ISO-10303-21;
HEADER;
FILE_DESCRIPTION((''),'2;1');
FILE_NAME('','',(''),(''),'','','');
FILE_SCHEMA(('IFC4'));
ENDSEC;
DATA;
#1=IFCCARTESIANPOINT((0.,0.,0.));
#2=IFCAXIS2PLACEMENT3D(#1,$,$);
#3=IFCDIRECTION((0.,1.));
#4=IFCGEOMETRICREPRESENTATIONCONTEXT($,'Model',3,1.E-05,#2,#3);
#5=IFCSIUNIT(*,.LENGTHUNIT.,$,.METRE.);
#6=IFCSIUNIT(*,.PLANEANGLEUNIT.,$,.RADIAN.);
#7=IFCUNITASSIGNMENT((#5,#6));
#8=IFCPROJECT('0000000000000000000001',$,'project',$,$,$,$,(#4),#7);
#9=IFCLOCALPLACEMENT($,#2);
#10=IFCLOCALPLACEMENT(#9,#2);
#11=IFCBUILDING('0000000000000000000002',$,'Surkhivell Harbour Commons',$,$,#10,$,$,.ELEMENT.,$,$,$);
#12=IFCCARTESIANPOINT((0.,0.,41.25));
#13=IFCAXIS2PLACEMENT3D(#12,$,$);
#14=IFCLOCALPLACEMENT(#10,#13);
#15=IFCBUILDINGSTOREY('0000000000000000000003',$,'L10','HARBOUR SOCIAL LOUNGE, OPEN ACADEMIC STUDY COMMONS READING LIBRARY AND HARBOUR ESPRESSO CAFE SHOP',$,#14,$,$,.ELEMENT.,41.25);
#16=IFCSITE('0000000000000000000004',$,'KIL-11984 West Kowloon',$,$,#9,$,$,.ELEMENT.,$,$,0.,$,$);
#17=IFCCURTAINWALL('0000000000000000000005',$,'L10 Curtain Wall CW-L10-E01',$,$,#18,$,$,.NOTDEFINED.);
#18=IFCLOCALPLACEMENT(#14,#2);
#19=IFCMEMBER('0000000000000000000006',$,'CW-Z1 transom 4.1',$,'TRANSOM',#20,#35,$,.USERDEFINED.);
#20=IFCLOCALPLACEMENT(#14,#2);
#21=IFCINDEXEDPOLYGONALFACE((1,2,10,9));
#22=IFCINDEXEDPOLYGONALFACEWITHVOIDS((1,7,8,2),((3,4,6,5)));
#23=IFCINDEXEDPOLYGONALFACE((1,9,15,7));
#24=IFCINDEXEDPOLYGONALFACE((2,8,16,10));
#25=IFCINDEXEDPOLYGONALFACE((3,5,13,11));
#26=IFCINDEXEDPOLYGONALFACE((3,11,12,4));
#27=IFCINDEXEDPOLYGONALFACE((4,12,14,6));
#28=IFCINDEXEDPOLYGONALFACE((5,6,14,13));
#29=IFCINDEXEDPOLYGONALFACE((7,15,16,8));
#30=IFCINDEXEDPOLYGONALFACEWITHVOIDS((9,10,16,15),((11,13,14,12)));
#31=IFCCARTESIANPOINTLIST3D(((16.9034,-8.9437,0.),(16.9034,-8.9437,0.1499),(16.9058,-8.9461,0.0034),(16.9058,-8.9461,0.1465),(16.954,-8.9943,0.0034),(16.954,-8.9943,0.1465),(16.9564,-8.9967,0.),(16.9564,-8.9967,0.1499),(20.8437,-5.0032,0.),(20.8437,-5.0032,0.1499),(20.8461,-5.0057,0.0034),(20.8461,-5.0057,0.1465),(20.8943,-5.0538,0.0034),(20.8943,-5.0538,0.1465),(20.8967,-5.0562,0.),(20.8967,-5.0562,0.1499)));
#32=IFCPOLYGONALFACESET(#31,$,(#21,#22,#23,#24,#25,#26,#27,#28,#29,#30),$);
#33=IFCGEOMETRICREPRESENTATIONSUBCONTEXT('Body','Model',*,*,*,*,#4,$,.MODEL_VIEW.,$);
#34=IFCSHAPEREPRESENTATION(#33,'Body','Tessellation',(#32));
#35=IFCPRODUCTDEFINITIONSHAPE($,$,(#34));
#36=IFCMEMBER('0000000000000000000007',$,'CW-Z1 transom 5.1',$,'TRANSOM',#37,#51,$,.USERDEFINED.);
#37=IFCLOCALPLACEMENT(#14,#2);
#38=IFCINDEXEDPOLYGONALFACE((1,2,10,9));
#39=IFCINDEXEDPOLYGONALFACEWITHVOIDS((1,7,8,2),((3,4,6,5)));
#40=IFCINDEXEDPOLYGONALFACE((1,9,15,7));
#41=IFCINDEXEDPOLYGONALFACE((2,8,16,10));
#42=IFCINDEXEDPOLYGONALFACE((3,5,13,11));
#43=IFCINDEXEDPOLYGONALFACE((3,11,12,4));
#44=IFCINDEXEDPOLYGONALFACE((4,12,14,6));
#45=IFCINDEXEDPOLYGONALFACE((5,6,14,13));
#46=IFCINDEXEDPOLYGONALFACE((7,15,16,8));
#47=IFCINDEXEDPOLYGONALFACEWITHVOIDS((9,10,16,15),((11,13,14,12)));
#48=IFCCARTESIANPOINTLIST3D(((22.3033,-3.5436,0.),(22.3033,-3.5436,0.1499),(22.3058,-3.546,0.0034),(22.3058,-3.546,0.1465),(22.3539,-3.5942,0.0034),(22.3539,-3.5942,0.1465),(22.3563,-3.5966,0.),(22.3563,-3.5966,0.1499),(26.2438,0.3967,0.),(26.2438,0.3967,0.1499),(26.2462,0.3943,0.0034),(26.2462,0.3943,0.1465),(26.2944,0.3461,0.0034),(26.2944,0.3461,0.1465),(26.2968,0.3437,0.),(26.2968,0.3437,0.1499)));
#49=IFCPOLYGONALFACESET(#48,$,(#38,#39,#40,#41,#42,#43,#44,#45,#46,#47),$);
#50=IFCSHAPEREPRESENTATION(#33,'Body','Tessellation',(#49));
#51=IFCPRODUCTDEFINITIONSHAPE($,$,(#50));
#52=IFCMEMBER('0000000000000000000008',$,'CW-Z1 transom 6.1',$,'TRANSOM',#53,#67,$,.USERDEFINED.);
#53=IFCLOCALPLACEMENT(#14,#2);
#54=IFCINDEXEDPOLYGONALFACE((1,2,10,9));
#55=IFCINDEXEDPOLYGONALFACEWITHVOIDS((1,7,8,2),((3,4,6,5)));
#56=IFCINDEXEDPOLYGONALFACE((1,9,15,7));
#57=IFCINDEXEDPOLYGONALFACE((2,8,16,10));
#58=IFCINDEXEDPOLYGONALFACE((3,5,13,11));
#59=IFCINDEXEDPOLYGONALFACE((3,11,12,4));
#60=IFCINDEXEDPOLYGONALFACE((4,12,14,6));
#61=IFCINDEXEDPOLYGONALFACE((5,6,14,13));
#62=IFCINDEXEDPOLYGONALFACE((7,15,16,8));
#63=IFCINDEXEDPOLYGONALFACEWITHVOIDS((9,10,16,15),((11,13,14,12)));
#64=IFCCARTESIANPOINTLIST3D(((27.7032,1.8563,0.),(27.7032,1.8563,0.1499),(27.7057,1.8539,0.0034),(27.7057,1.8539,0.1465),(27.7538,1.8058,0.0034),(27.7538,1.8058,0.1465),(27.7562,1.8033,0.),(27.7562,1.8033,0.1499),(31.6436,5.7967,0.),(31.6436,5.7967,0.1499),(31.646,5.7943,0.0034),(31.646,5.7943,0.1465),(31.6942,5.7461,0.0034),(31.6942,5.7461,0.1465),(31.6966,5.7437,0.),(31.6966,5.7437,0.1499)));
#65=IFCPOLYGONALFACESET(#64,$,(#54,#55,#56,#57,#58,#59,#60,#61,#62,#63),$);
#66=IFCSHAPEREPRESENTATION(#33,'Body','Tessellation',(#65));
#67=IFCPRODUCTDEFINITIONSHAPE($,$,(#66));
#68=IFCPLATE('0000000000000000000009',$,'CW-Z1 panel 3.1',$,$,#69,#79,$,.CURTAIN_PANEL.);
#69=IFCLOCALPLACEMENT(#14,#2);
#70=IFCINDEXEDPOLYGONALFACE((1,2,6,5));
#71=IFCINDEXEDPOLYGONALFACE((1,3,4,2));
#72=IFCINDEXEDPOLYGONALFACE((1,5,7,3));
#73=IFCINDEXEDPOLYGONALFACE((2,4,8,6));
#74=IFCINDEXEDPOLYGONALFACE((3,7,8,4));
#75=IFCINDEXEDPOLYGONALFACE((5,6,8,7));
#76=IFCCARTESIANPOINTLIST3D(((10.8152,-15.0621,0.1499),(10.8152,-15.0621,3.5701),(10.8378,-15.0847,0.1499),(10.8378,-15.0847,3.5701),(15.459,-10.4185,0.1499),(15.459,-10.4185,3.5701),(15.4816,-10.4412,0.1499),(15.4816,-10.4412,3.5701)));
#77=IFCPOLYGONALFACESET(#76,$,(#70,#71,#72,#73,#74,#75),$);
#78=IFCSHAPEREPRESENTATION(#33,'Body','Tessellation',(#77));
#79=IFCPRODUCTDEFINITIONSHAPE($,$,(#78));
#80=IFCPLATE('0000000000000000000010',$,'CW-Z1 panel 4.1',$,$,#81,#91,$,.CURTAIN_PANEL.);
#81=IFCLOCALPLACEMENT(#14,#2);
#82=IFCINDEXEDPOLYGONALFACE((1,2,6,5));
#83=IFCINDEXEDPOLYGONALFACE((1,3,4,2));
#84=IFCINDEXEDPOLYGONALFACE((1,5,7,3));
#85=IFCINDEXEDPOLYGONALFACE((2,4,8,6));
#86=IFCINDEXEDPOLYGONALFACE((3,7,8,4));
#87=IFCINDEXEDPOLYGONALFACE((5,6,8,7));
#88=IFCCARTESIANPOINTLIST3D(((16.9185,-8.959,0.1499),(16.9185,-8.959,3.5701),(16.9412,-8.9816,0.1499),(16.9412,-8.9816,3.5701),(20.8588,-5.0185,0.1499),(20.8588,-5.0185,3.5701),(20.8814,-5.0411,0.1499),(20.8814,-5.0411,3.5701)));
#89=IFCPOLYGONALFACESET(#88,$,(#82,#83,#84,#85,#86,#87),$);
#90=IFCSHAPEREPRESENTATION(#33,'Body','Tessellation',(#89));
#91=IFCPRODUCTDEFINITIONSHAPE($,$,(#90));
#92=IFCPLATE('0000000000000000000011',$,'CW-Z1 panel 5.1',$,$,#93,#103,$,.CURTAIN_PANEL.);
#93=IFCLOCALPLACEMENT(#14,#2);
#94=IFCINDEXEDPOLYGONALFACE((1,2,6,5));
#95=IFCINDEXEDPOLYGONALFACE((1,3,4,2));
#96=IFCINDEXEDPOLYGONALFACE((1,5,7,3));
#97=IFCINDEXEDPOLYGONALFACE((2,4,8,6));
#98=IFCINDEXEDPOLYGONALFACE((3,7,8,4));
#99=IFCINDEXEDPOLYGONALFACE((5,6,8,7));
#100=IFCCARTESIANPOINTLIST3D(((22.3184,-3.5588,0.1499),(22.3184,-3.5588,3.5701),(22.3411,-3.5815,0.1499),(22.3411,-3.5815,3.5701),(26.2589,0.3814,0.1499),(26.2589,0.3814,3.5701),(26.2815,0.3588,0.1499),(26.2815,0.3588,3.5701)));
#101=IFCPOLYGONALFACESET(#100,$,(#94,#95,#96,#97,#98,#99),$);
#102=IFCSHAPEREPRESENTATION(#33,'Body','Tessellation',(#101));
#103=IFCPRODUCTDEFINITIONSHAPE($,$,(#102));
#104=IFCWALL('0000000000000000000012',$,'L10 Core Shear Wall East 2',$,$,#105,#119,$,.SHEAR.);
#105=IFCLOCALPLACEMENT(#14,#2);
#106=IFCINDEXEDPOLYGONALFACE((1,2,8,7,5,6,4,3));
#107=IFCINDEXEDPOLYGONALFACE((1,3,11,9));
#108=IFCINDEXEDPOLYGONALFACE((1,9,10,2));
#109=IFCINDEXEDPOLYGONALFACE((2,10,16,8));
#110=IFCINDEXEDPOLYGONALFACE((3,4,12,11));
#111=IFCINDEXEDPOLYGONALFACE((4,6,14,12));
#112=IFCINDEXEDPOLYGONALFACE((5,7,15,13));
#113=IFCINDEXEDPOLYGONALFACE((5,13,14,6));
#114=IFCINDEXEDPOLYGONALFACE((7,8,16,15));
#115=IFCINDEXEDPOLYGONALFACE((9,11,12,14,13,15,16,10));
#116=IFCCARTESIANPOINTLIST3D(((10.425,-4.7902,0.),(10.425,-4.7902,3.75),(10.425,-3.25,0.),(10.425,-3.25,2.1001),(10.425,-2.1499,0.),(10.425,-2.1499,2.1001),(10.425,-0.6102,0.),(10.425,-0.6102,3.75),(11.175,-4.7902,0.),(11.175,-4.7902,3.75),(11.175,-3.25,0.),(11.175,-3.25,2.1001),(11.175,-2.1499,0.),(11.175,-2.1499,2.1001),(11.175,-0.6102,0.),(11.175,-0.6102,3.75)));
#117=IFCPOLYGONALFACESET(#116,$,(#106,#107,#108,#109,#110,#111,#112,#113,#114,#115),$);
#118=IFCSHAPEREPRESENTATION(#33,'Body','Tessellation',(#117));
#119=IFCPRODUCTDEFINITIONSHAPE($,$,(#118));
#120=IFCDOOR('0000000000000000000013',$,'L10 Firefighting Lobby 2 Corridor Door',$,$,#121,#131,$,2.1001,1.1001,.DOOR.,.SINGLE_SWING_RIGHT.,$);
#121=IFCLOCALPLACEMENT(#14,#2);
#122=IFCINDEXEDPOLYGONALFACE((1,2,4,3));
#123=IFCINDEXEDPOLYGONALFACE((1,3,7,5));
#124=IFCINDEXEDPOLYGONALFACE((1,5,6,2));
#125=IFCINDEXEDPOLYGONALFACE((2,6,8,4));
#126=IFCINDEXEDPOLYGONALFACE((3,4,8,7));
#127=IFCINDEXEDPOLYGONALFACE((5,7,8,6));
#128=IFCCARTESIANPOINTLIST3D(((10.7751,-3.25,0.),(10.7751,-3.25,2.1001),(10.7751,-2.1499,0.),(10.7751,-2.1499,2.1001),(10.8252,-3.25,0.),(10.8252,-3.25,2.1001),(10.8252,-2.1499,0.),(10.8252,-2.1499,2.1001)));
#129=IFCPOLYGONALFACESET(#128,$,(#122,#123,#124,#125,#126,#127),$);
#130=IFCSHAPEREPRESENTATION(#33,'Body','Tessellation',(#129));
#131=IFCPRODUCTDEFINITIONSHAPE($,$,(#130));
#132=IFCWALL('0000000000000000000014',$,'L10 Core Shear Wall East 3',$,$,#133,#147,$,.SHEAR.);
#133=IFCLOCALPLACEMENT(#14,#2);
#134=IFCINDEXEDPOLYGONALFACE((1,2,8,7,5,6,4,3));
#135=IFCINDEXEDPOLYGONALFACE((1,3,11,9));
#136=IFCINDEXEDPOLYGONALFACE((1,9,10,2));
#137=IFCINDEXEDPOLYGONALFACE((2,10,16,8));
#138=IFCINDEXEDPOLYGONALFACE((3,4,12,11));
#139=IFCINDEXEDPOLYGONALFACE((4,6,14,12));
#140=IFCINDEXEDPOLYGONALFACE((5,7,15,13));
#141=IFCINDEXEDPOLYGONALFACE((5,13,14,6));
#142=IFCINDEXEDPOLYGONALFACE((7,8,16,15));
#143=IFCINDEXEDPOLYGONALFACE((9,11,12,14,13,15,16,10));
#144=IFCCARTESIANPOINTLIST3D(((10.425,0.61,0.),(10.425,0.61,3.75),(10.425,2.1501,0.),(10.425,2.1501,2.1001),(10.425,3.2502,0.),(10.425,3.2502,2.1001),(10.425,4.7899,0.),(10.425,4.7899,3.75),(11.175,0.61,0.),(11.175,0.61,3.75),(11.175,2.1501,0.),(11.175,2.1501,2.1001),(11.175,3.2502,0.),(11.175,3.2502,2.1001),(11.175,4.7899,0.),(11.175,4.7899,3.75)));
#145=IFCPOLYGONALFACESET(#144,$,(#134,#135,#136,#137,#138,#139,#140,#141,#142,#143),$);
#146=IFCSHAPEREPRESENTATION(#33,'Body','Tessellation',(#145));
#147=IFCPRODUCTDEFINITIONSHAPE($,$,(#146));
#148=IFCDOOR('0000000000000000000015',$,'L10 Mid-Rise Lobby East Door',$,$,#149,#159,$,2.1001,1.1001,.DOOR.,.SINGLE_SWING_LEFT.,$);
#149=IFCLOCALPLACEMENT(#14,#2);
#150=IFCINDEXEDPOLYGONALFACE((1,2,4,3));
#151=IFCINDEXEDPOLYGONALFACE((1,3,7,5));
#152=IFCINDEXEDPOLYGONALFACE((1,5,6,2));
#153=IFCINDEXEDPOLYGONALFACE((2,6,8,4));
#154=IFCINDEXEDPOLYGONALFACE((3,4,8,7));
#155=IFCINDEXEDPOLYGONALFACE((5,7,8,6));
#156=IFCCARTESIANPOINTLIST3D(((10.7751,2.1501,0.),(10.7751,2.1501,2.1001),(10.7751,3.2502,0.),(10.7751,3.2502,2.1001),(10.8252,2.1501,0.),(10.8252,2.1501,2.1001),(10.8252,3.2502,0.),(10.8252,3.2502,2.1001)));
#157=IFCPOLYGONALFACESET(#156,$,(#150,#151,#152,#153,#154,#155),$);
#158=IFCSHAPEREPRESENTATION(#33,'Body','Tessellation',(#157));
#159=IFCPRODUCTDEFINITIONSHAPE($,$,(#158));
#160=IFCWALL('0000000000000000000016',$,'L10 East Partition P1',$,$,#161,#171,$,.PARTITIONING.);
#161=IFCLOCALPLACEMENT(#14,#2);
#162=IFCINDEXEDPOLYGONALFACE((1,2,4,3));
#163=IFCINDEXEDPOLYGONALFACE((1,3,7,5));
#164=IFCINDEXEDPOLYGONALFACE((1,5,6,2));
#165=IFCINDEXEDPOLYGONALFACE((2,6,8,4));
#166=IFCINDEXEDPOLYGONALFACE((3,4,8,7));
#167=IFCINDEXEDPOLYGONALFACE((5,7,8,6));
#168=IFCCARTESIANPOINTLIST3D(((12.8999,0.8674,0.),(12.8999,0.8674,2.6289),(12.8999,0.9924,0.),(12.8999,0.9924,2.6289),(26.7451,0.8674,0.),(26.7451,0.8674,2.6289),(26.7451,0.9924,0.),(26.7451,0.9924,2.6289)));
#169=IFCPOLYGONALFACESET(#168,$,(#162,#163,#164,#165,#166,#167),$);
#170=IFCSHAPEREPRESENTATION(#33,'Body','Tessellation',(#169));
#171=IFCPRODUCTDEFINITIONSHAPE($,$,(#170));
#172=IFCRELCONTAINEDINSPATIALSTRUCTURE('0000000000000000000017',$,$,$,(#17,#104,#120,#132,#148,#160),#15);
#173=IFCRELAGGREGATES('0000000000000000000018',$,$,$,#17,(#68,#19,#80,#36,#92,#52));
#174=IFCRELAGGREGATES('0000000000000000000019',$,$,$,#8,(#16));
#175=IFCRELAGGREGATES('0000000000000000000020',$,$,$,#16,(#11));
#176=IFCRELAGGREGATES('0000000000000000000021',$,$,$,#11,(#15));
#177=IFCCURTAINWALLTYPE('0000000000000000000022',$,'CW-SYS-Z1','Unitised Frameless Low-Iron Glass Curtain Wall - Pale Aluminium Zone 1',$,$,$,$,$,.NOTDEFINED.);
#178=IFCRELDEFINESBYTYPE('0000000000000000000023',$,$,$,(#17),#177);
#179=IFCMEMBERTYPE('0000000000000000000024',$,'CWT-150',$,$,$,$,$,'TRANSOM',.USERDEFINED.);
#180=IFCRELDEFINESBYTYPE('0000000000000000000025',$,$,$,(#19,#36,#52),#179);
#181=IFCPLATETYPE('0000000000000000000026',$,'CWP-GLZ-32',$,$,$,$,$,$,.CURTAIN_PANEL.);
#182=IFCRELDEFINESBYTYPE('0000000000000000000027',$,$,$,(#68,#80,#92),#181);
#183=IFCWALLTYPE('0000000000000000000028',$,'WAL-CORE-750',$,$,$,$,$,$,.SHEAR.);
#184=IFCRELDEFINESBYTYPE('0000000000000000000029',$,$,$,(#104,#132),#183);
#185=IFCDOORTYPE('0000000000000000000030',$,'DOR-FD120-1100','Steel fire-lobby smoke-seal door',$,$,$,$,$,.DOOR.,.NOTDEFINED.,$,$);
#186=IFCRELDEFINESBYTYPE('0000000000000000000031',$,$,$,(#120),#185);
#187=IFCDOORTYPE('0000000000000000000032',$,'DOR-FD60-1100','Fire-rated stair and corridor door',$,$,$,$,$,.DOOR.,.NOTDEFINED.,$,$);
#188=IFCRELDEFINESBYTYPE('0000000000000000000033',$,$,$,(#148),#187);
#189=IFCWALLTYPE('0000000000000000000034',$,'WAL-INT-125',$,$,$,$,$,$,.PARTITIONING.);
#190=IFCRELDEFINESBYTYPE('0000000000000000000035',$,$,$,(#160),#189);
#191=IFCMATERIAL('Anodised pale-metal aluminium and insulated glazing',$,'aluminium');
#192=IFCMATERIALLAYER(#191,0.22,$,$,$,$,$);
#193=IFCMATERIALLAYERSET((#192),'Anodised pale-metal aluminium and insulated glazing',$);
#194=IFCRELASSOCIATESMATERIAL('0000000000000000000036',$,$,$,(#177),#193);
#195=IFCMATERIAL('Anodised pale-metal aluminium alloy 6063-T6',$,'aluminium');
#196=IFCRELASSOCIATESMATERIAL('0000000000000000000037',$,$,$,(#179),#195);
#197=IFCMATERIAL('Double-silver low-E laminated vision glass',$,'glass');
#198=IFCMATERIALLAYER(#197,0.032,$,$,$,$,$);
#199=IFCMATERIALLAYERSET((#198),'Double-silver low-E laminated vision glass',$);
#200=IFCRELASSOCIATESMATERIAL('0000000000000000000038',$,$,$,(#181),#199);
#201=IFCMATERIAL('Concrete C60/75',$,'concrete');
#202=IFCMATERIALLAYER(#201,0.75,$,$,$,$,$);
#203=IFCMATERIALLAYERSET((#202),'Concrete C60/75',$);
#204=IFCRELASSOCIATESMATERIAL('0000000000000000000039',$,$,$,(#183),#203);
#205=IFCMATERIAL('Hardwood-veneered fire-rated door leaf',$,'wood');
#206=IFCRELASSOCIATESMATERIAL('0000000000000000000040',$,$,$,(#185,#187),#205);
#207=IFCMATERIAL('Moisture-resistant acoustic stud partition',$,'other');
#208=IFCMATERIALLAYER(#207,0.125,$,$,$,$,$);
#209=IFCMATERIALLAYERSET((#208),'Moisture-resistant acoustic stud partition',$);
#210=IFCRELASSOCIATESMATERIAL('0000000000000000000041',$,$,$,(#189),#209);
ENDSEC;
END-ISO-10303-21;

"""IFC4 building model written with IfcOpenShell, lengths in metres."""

from ifc_helpers import new_model, si_unit, direction, frame, frame_2d, origin, origin_2d, place, context, subcontext, project, spatial, rectangle, hollow_rectangle, extrude, material, layer, layer_set, material_profile, profile_set, type_object, element, fill, aggregate, save


model = new_model("IFC4")

# Units and contexts
model_context = context("Model", 3, precision=1e-05, world=origin(), true_north=direction((0.0, 1.0)))
body_context = subcontext(model_context, "Body", "Model", "MODEL_VIEW")
ifc_project = project(units=[si_unit("LENGTHUNIT", "METRE"), si_unit("PLANEANGLEUNIT", "RADIAN")], contexts=[model_context])

# Site, building, storey
site_placement = place(None, origin())
site = spatial("IfcSite", under=ifc_project, at=site_placement, Name="KIL-11984 West Kowloon", CompositionType="ELEMENT", RefElevation=0.0)
building_placement = place(site_placement, origin())
building = spatial("IfcBuilding", under=site, at=building_placement, Name="Surkhivell Harbour Commons", CompositionType="ELEMENT")
storey_placement = place(building_placement, frame((0.0, 0.0, 41.25)))
storey = spatial("IfcBuildingStorey", under=building, at=storey_placement, Name="L10", Description="HARBOUR SOCIAL LOUNGE, OPEN ACADEMIC STUDY COMMONS READING LIBRARY AND HARBOUR ESPRESSO CAFE SHOP", CompositionType="ELEMENT", Elevation=41.25)

# Curtain wall, members, plates
ifc_material_1 = material(Name="Anodised pale-metal aluminium and insulated glazing", Category="aluminium")
ifc_layer_1 = layer(ifc_material_1, 0.22)
ifc_layer_set_1 = layer_set([ifc_layer_1], Name="Anodised pale-metal aluminium and insulated glazing")
curtain_wall_type = type_object("IfcCurtainWallType", Name="CW-SYS-Z1", Description="Unitised Frameless Low-Iron Glass Curtain Wall - Pale Aluminium Zone 1", PredefinedType="NOTDEFINED", material=ifc_layer_set_1)
curtain_wall_placement = place(storey_placement, origin())
curtain_wall = element("IfcCurtainWall", 1, at=curtain_wall_placement, inside=storey, type_object=curtain_wall_type, Name="L10 Curtain Wall CW-L10-E01", PredefinedType="NOTDEFINED")
ifc_material_2 = material(Name="Anodised pale-metal aluminium alloy 6063-T6", Category="aluminium")
ifc_material_profile_1 = material_profile(ifc_material_2, hollow_rectangle(XDim=0.075, YDim=0.1499, WallThickness=0.0034, at=origin_2d()), Name="ALU-TRAN-75x150")
ifc_profile_set_1 = profile_set([ifc_material_profile_1], Name="Anodised pale-metal aluminium alloy 6063-T6")
member_type_1 = type_object("IfcMemberType", Name="CWT-150", ElementType="TRANSOM", PredefinedType="USERDEFINED", material=ifc_profile_set_1)
member_1_placement = place(storey_placement, frame((16.9299, -8.9702, 0.075), z_axis=(0.707085, 0.707129, 0.0), x_axis=(-0.707129, 0.707085, 0.0)))
member_1 = element("IfcMember", 2, at=member_1_placement, type_object=member_type_1, Name="CW-Z1 transom 4.1", ObjectType="TRANSOM", PredefinedType="USERDEFINED", context=body_context, shape_type="SweptSolid", body=[
    extrude(hollow_rectangle(XDim=0.075, YDim=0.1499, WallThickness=0.0034, at=origin_2d()), origin(), (0.0, 0.0, 1.0), 5.5725),
])
member_2_placement = place(storey_placement, frame((22.3298, -3.5701, 0.075), z_axis=(0.707129, 0.707085, 0.0), x_axis=(-0.707085, 0.707129, 0.0)))
member_2 = element("IfcMember", 3, at=member_2_placement, type_object=member_type_1, Name="CW-Z1 transom 5.1", ObjectType="TRANSOM", PredefinedType="USERDEFINED", context=body_context, shape_type="SweptSolid", body=[
    extrude(hollow_rectangle(XDim=0.075, YDim=0.1499, WallThickness=0.0034, at=origin_2d()), origin(), (0.0, 0.0, 1.0), 5.5725),
])
member_3_placement = place(storey_placement, frame((27.7297, 1.8298, 0.075), z_axis=(0.707107, 0.707107, 0.0), x_axis=(-0.707107, 0.707107, 0.0)))
member_3 = element("IfcMember", 4, at=member_3_placement, type_object=member_type_1, Name="CW-Z1 transom 6.1", ObjectType="TRANSOM", PredefinedType="USERDEFINED", context=body_context, shape_type="SweptSolid", body=[
    extrude(hollow_rectangle(XDim=0.075, YDim=0.1499, WallThickness=0.0034, at=origin_2d()), origin(), (0.0, 0.0, 1.0), 5.5725),
])
ifc_material_3 = material(Name="Double-silver low-E laminated vision glass", Category="glass")
ifc_layer_2 = layer(ifc_material_3, 0.032)
ifc_layer_set_2 = layer_set([ifc_layer_2], Name="Double-silver low-E laminated vision glass")
plate_type = type_object("IfcPlateType", Name="CWP-GLZ-32", PredefinedType="CURTAIN_PANEL", material=ifc_layer_set_2)
plate_1_placement = place(storey_placement, frame((10.8264, -15.0735, 0.1499), z_axis=(0.0, 0.0, 1.0), x_axis=(0.707125, 0.707088, 0.0)))
plate_1 = element("IfcPlate", 5, at=plate_1_placement, type_object=plate_type, Name="CW-Z1 panel 3.1", PredefinedType="CURTAIN_PANEL", context=body_context, shape_type="SweptSolid", body=[
    extrude(rectangle(XDim=6.5671, YDim=0.032, at=frame_2d((3.2837, 0.0))), origin(), (0.0, 0.0, 1.0), 3.4202),
])
plate_2_placement = place(storey_placement, frame((16.9299, -8.9702, 0.1499), z_axis=(0.0, 0.0, 1.0), x_axis=(0.707085, 0.707129, 0.0)))
plate_2 = element("IfcPlate", 6, at=plate_2_placement, type_object=plate_type, Name="CW-Z1 panel 4.1", PredefinedType="CURTAIN_PANEL", context=body_context, shape_type="SweptSolid", body=[
    extrude(rectangle(XDim=5.5725, YDim=0.032, at=frame_2d((2.7861, 0.0))), origin(), (0.0, 0.0, 1.0), 3.4202),
])
plate_3_placement = place(storey_placement, frame((22.3298, -3.5701, 0.1499), z_axis=(0.0, 0.0, 1.0), x_axis=(0.707129, 0.707085, 0.0)))
plate_3 = element("IfcPlate", 7, at=plate_3_placement, type_object=plate_type, Name="CW-Z1 panel 5.1", PredefinedType="CURTAIN_PANEL", context=body_context, shape_type="SweptSolid", body=[
    extrude(rectangle(XDim=5.5725, YDim=0.032, at=frame_2d((2.7861, 0.0))), origin(), (0.0, 0.0, 1.0), 3.4202),
])
aggregate(curtain_wall, [plate_1, member_1, plate_2, member_2, plate_3, member_3])

# Walls, openings, doors
ifc_material_4 = material(Name="Concrete C60/75", Category="concrete")
ifc_layer_3 = layer(ifc_material_4, 0.75)
ifc_layer_set_3 = layer_set([ifc_layer_3], Name="Concrete C60/75")
wall_type_1 = type_object("IfcWallType", Name="WAL-CORE-750", PredefinedType="SHEAR", material=ifc_layer_set_3)
wall_1_placement = place(storey_placement, frame((10.8, -4.79, 0.0), z_axis=(0.0, 0.0, 1.0), x_axis=(0.0, 1.0, 0.0)))
wall_1 = element("IfcWall", 8, at=wall_1_placement, inside=storey, type_object=wall_type_1, Name="L10 Core Shear Wall East 2", PredefinedType="SHEAR", context=body_context, shape_type="SweptSolid", body=[
    extrude(rectangle(XDim=4.1799, YDim=0.75, at=frame_2d((2.0898, 0.0))), origin(), (0.0, 0.0, 1.0), 3.75),
])
opening_1_placement = place(wall_1_placement, frame((1.54, 0.0, 0.0)))
opening_1 = element("IfcOpeningElement", 9, at=opening_1_placement, cuts=wall_1, PredefinedType="OPENING", context=body_context, shape_type="SweptSolid", body=[
    extrude(rectangle(XDim=1.1001, YDim=2.1001, at=frame_2d((0.55, 1.05))), frame((0.0, 0.385, 0.0), z_axis=(0.0, -1.0, 0.0), x_axis=(1.0, 0.0, 0.0)), (0.0, 0.0, 1.0), 0.77),
])
ifc_material_5 = material(Name="Hardwood-veneered fire-rated door leaf", Category="wood")
door_type_1 = type_object("IfcDoorType", Name="DOR-FD120-1100", Description="Steel fire-lobby smoke-seal door", OperationType="NOTDEFINED", PredefinedType="DOOR", material=ifc_material_5)
door_1_placement = place(opening_1_placement, origin())
door_1 = element("IfcDoor", 10, at=door_1_placement, inside=storey, type_object=door_type_1, Name="L10 Firefighting Lobby 2 Corridor Door", OperationType="SINGLE_SWING_RIGHT", OverallHeight=2.1001, OverallWidth=1.1001, PredefinedType="DOOR", context=body_context, shape_type="SweptSolid", body=[
    extrude(rectangle(XDim=1.1001, YDim=2.1001, at=frame_2d((0.55, 1.05))), frame((0.0, 0.0249, 0.0), z_axis=(0.0, -1.0, 0.0), x_axis=(1.0, 0.0, 0.0)), (0.0, 0.0, 1.0), 0.05),
])
fill(opening_1, door_1)
wall_2_placement = place(storey_placement, frame((10.8, 0.6101, 0.0), z_axis=(0.0, 0.0, 1.0), x_axis=(0.0, 1.0, 0.0)))
wall_2 = element("IfcWall", 11, at=wall_2_placement, inside=storey, type_object=wall_type_1, Name="L10 Core Shear Wall East 3", PredefinedType="SHEAR", context=body_context, shape_type="SweptSolid", body=[
    extrude(rectangle(XDim=4.1799, YDim=0.75, at=frame_2d((2.0898, 0.0))), origin(), (0.0, 0.0, 1.0), 3.75),
])
opening_2_placement = place(wall_2_placement, frame((1.54, 0.0, 0.0)))
opening_2 = element("IfcOpeningElement", 12, at=opening_2_placement, cuts=wall_2, PredefinedType="OPENING", context=body_context, shape_type="SweptSolid", body=[
    extrude(rectangle(XDim=1.1001, YDim=2.1001, at=frame_2d((0.55, 1.05))), frame((0.0, 0.385, 0.0), z_axis=(0.0, -1.0, 0.0), x_axis=(1.0, 0.0, 0.0)), (0.0, 0.0, 1.0), 0.77),
])
door_type_2 = type_object("IfcDoorType", Name="DOR-FD60-1100", Description="Fire-rated stair and corridor door", OperationType="NOTDEFINED", PredefinedType="DOOR", material=ifc_material_5)
door_2_placement = place(opening_2_placement, origin())
door_2 = element("IfcDoor", 13, at=door_2_placement, inside=storey, type_object=door_type_2, Name="L10 Mid-Rise Lobby East Door", OperationType="SINGLE_SWING_LEFT", OverallHeight=2.1001, OverallWidth=1.1001, PredefinedType="DOOR", context=body_context, shape_type="SweptSolid", body=[
    extrude(rectangle(XDim=1.1001, YDim=2.1001, at=frame_2d((0.55, 1.05))), frame((0.0, 0.0249, 0.0), z_axis=(0.0, -1.0, 0.0), x_axis=(1.0, 0.0, 0.0)), (0.0, 0.0, 1.0), 0.05),
])
fill(opening_2, door_2)

# Wall
ifc_material_6 = material(Name="Moisture-resistant acoustic stud partition", Category="other")
ifc_layer_4 = layer(ifc_material_6, 0.125)
ifc_layer_set_4 = layer_set([ifc_layer_4], Name="Moisture-resistant acoustic stud partition")
wall_type_2 = type_object("IfcWallType", Name="WAL-INT-125", PredefinedType="PARTITIONING", material=ifc_layer_set_4)
wall_3_placement = place(storey_placement, frame((12.8999, 0.9299, 0.0), z_axis=(0.0, 0.0, 1.0), x_axis=(1.0, 0.0, 0.0)))
element("IfcWall", 14, at=wall_3_placement, inside=storey, type_object=wall_type_2, Name="L10 East Partition P1", PredefinedType="PARTITIONING", context=body_context, shape_type="SweptSolid", body=[
    extrude(rectangle(XDim=13.8452, YDim=0.125, at=frame_2d((6.9226, 0.0))), origin(), (0.0, 0.0, 1.0), 2.6289),
])

save(model, "model.ifc")
